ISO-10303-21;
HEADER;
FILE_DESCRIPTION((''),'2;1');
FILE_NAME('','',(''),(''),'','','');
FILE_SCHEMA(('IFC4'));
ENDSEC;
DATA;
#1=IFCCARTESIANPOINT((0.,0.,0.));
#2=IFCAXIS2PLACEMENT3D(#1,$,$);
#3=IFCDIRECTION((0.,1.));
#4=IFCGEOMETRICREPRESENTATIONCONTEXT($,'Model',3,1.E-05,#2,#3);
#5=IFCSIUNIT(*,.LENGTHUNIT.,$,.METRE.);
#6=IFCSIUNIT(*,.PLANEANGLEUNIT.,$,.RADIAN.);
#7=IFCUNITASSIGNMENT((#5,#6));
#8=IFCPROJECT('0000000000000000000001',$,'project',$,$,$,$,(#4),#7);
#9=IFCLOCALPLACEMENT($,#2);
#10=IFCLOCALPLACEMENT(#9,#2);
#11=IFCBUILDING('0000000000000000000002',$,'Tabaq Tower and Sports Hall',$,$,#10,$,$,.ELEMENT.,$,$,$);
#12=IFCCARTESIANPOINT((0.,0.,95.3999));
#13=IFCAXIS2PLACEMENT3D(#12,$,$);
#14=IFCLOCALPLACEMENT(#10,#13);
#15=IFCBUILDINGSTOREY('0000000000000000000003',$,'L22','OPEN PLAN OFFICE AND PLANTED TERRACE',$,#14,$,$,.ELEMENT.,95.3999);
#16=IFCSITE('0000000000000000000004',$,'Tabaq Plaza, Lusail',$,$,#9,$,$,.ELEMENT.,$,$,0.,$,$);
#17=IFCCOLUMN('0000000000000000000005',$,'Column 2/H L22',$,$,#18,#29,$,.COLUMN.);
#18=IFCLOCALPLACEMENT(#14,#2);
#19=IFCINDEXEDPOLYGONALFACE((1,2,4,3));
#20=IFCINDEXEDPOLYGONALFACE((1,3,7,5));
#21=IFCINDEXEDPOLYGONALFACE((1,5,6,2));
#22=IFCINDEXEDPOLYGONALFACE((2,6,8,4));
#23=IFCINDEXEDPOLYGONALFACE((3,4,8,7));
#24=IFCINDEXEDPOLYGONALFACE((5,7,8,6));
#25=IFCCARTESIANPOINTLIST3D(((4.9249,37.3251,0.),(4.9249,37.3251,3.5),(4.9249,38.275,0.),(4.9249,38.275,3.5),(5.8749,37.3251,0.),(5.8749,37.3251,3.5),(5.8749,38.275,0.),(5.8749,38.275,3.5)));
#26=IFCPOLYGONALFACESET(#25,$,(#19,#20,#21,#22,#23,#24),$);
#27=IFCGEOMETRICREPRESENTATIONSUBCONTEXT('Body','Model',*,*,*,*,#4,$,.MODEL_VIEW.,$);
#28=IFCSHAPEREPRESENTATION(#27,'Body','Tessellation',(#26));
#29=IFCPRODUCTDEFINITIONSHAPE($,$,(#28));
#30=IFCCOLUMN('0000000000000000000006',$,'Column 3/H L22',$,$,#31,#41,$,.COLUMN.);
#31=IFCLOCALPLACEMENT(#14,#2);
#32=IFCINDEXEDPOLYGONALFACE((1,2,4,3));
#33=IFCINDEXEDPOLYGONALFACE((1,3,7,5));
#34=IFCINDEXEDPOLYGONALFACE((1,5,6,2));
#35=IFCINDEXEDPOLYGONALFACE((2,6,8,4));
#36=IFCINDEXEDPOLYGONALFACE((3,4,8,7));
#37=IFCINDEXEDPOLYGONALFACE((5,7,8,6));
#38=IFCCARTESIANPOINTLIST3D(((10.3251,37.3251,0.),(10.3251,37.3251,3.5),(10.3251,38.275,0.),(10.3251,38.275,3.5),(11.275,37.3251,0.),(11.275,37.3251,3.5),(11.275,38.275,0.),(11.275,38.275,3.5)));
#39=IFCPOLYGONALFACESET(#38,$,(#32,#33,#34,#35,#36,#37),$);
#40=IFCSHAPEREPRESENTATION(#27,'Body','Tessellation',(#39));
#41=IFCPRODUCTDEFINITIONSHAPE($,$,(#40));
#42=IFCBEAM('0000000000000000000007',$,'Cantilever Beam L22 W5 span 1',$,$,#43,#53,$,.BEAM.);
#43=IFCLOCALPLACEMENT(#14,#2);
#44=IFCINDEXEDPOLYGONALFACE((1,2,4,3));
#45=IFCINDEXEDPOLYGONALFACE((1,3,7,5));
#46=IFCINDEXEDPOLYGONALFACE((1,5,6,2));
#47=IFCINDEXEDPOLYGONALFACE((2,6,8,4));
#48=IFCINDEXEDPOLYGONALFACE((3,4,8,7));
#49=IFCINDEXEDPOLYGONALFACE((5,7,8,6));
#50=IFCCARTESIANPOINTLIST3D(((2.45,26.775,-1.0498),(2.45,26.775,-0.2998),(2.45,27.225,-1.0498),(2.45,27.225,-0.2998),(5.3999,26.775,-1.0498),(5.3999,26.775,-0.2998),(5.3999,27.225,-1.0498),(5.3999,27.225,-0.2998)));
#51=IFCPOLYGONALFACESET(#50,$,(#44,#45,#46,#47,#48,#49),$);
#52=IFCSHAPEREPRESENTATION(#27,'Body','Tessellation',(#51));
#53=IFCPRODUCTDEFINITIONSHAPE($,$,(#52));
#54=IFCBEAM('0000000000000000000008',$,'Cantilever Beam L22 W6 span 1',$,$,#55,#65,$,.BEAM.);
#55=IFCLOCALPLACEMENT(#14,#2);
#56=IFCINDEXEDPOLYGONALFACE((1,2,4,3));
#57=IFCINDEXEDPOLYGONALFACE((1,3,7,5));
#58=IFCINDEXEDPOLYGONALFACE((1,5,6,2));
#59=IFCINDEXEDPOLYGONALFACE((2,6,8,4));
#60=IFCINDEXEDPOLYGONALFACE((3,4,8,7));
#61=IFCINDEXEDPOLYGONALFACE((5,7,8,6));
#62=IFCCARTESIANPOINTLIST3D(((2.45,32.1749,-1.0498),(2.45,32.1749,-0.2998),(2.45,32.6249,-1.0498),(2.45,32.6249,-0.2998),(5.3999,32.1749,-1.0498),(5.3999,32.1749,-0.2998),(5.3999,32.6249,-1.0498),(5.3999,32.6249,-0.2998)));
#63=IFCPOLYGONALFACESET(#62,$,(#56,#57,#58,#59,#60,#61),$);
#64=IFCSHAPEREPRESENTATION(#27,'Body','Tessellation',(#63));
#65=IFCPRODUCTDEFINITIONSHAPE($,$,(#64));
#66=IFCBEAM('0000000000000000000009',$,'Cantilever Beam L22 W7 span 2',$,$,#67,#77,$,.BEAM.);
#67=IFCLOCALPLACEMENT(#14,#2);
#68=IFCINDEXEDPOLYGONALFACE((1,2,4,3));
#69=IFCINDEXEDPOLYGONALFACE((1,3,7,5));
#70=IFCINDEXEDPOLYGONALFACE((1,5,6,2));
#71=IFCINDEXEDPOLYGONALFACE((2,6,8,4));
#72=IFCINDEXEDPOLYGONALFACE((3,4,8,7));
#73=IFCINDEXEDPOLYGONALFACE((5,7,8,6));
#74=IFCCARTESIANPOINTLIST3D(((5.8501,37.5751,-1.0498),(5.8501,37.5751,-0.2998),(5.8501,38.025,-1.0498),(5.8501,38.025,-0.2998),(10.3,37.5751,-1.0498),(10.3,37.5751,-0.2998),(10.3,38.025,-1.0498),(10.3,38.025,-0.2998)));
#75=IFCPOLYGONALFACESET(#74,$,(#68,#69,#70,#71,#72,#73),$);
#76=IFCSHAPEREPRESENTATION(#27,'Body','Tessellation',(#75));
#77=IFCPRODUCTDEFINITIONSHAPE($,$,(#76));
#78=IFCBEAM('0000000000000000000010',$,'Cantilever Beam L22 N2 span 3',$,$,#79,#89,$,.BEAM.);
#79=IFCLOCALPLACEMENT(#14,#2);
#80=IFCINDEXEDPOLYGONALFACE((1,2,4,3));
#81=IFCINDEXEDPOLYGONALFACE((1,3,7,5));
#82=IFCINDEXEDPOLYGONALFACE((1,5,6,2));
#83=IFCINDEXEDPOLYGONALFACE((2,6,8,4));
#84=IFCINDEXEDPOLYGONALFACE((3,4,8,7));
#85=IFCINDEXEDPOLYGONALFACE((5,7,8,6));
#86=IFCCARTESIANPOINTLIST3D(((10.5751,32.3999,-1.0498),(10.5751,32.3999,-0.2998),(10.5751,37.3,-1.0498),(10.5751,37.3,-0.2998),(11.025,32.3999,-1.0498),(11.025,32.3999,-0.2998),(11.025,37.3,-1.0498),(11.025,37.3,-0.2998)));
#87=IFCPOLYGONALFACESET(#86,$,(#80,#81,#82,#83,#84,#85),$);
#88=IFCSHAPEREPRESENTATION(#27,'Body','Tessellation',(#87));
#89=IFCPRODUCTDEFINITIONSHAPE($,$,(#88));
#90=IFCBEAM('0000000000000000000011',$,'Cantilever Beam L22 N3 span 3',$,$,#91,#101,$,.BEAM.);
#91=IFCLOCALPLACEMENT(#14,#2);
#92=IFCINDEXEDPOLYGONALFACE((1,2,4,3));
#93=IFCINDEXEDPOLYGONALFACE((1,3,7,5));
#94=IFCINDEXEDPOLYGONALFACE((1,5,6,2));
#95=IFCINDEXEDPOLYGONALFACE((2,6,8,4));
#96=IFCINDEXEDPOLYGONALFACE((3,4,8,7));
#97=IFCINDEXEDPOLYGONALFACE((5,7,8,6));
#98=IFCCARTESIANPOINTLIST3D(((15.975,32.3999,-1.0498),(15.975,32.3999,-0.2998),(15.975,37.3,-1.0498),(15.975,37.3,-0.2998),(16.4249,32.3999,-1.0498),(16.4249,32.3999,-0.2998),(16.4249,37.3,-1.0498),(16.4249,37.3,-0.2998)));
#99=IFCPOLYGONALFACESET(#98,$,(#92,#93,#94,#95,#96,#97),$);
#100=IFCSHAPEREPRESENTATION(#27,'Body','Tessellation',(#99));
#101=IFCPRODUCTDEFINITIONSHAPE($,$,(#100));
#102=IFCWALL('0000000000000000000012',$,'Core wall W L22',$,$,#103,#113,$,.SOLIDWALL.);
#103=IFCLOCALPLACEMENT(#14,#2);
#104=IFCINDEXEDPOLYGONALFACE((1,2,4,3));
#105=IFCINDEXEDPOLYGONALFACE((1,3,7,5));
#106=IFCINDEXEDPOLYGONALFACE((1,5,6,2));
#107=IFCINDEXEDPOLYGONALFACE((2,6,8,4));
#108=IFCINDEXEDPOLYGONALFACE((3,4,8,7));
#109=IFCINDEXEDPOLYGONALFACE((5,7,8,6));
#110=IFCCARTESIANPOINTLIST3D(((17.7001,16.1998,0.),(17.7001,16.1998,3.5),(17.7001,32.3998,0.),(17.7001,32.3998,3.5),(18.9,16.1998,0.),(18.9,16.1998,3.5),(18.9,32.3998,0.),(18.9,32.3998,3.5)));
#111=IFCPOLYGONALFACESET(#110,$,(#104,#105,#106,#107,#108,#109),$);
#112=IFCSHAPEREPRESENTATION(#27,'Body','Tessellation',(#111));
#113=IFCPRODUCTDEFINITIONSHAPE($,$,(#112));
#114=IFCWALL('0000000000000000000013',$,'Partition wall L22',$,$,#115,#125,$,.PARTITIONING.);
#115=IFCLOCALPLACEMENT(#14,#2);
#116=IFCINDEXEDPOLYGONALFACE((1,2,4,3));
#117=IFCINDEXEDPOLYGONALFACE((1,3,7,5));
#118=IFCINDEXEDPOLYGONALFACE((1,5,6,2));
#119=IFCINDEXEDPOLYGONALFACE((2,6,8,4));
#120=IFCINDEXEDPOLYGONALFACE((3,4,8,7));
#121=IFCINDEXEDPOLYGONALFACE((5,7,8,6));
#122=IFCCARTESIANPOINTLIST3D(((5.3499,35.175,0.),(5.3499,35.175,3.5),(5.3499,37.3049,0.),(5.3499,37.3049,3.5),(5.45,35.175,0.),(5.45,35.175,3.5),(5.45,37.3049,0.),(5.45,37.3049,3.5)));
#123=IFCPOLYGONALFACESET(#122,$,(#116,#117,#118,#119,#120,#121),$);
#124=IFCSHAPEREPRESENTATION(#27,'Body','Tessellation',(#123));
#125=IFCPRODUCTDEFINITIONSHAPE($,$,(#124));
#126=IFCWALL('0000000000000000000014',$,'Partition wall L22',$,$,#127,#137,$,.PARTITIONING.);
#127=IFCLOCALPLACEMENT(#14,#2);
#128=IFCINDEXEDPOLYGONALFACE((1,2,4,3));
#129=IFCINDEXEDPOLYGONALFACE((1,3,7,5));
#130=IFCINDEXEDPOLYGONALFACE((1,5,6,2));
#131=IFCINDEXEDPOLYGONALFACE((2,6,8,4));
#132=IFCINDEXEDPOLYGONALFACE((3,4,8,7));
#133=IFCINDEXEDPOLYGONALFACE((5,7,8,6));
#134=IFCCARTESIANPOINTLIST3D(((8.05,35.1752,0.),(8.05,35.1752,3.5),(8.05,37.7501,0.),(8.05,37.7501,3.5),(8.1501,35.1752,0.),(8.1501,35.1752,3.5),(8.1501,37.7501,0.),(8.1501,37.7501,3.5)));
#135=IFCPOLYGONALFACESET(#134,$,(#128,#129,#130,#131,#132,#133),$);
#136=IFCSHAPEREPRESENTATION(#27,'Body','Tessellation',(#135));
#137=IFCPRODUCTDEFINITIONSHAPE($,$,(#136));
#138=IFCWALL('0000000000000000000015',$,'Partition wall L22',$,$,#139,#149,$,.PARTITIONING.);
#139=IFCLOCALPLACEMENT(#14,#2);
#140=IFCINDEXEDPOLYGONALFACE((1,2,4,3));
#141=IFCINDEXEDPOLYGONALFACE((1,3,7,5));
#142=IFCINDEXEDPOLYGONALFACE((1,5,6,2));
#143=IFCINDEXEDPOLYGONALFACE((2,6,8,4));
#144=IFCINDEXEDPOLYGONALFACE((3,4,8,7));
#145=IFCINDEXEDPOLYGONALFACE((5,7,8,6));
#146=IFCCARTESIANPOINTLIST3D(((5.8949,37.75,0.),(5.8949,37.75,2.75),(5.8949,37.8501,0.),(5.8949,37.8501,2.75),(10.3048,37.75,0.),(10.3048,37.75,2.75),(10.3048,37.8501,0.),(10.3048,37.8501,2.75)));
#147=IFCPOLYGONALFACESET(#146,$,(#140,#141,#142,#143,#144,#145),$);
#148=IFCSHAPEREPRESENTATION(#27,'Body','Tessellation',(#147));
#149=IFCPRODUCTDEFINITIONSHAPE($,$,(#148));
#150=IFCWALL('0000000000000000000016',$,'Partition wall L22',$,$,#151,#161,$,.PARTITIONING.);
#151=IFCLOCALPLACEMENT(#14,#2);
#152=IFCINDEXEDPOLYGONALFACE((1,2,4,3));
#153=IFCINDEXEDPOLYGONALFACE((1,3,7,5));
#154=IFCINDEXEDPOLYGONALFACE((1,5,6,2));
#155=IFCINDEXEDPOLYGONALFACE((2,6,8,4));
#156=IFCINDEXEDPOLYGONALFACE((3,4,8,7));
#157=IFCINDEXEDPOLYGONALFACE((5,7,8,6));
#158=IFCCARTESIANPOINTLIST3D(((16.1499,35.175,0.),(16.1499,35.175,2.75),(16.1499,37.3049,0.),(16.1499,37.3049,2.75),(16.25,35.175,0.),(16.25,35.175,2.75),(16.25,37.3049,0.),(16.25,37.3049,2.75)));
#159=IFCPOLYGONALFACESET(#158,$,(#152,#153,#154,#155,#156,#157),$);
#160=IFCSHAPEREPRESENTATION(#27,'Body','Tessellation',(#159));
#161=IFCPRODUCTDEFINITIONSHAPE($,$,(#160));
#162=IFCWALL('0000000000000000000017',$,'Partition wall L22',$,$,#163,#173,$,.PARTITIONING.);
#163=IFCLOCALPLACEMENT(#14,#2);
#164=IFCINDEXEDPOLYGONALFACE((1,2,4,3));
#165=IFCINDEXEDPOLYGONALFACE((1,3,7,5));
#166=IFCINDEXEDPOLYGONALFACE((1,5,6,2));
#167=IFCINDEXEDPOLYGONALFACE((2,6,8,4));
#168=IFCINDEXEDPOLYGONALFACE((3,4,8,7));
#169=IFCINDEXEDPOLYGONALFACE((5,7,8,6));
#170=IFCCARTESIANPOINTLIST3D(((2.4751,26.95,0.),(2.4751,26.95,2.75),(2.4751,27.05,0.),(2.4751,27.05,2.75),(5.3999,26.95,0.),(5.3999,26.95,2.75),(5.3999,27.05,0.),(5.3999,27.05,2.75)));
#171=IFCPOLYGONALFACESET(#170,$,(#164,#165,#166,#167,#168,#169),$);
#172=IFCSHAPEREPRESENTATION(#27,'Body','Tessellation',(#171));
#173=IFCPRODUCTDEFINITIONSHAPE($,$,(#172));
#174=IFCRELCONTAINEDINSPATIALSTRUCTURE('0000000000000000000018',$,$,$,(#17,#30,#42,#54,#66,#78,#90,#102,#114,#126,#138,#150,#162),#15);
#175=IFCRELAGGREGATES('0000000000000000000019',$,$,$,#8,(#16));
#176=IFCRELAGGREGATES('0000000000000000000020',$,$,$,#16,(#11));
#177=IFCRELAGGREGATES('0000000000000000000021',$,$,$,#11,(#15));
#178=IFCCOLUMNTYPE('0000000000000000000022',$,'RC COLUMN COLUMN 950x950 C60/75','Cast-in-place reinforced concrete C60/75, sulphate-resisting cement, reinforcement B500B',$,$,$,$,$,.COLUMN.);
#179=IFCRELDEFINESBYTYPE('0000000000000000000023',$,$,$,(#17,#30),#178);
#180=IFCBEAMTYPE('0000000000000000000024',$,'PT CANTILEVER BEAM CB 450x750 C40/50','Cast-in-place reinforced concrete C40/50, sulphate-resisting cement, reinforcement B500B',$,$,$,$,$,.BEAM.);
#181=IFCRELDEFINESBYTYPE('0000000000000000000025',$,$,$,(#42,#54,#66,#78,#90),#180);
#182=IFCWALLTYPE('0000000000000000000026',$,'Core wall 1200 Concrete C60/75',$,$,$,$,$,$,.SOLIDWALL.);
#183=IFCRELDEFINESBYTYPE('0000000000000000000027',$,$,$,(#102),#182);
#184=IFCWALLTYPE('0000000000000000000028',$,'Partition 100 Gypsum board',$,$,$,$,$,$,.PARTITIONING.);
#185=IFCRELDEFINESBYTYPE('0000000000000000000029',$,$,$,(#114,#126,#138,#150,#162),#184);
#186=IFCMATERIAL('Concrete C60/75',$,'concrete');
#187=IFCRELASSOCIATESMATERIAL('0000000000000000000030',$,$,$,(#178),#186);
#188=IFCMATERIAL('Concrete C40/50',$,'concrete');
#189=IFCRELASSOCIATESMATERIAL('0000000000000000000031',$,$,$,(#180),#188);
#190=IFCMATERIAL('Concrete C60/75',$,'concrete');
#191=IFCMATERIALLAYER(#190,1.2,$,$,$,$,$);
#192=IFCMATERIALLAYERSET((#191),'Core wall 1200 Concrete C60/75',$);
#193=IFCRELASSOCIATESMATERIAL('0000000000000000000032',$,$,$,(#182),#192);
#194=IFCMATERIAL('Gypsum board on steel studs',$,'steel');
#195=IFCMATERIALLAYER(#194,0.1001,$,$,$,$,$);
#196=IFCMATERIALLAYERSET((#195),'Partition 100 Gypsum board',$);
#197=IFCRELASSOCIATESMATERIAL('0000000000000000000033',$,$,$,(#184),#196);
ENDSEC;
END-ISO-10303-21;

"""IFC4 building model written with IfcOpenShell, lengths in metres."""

from ifc_helpers import new_model, si_unit, direction, frame, frame_2d, origin, origin_2d, place, context, subcontext, project, spatial, rectangle, extrude, material, layer, layer_set, material_profile, profile_set, type_object, element, save


model = new_model("IFC4")

# Units and contexts
model_context = context("Model", 3, precision=1e-05, world=origin(), true_north=direction((0.0, 1.0)))
body_context = subcontext(model_context, "Body", "Model", "MODEL_VIEW")
ifc_project = project(units=[si_unit("LENGTHUNIT", "METRE"), si_unit("PLANEANGLEUNIT", "RADIAN")], contexts=[model_context])

# Site, building, storey
site_placement = place(None, origin())
site = spatial("IfcSite", under=ifc_project, at=site_placement, Name="Tabaq Plaza, Lusail", CompositionType="ELEMENT", RefElevation=0.0)
building_placement = place(site_placement, origin())
building = spatial("IfcBuilding", under=site, at=building_placement, Name="Tabaq Tower and Sports Hall", CompositionType="ELEMENT")
storey_placement = place(building_placement, frame((0.0, 0.0, 95.3999)))
storey = spatial("IfcBuildingStorey", under=building, at=storey_placement, Name="L22", Description="OPEN PLAN OFFICE AND PLANTED TERRACE", CompositionType="ELEMENT", Elevation=95.3999)

# Columns
ifc_material_1 = material(Name="Concrete C60/75", Category="concrete")
ifc_material_profile_1 = material_profile(ifc_material_1, rectangle(XDim=0.95, YDim=0.95, at=origin_2d()), Name="COLUMN 950x950")
ifc_profile_set_1 = profile_set([ifc_material_profile_1], Name="Concrete C60/75")
column_type = type_object("IfcColumnType", Name="RC COLUMN COLUMN 950x950 C60/75", Description="Cast-in-place reinforced concrete C60/75, sulphate-resisting cement, reinforcement B500B", PredefinedType="COLUMN", material=ifc_profile_set_1)
for number, where, z_axis, x_axis, name in (
    (1, (5.3999, 37.8, 0.0), (0.0, 0.0, 1.0), (1.0, 0.0, 0.0), "Column 2/H L22"),
    (2, (10.8, 37.8, 0.0), (0.0, 0.0, 1.0), (1.0, 0.0, 0.0), "Column 3/H L22"),
):
    element("IfcColumn", number, at=place(storey_placement, frame(where, z_axis=z_axis, x_axis=x_axis)), inside=storey, type_object=column_type, Name=name, PredefinedType="COLUMN", context=body_context, shape_type="SweptSolid", body=[
        extrude(rectangle(XDim=0.95, YDim=0.95, at=origin_2d()), origin(), (0.0, 0.0, 1.0), 3.5),
    ])

# Beams
ifc_material_2 = material(Name="Concrete C40/50", Category="concrete")
ifc_material_profile_2 = material_profile(ifc_material_2, rectangle(XDim=0.45, YDim=0.75, at=origin_2d()), Name="CB 450x750")
ifc_profile_set_2 = profile_set([ifc_material_profile_2], Name="Concrete C40/50")
beam_type = type_object("IfcBeamType", Name="PT CANTILEVER BEAM CB 450x750 C40/50", Description="Cast-in-place reinforced concrete C40/50, sulphate-resisting cement, reinforcement B500B", PredefinedType="BEAM", material=ifc_profile_set_2)
for number, where, z_axis, x_axis, name in (
    (3, (2.45, 27.0, -0.6748), (1.0, 0.0, 0.0), (0.0, 1.0, 0.0), "Cantilever Beam L22 W5 span 1"),
    (4, (2.45, 32.3999, -0.6748), (1.0, 0.0, 0.0), (0.0, 1.0, 0.0), "Cantilever Beam L22 W6 span 1"),
):
    element("IfcBeam", number, at=place(storey_placement, frame(where, z_axis=z_axis, x_axis=x_axis)), inside=storey, type_object=beam_type, Name=name, PredefinedType="BEAM", context=body_context, shape_type="SweptSolid", body=[
        extrude(rectangle(XDim=0.45, YDim=0.75, at=origin_2d()), origin(), (0.0, 0.0, 1.0), 2.95),
    ])
beam_placement = place(storey_placement, frame((5.8501, 37.8, -0.6748), z_axis=(1.0, 0.0, 0.0), x_axis=(0.0, 1.0, 0.0)))
element("IfcBeam", 5, at=beam_placement, inside=storey, type_object=beam_type, Name="Cantilever Beam L22 W7 span 2", PredefinedType="BEAM", context=body_context, shape_type="SweptSolid", body=[
    extrude(rectangle(XDim=0.45, YDim=0.75, at=origin_2d()), origin(), (0.0, 0.0, 1.0), 4.45),
])
for number, where, z_axis, x_axis, name in (
    (6, (10.8, 37.3, -0.6748), (0.0, -1.0, 0.0), (1.0, 0.0, 0.0), "Cantilever Beam L22 N2 span 3"),
    (7, (16.2, 37.3, -0.6748), (0.0, -1.0, 0.0), (1.0, 0.0, 0.0), "Cantilever Beam L22 N3 span 3"),
):
    element("IfcBeam", number, at=place(storey_placement, frame(where, z_axis=z_axis, x_axis=x_axis)), inside=storey, type_object=beam_type, Name=name, PredefinedType="BEAM", context=body_context, shape_type="SweptSolid", body=[
        extrude(rectangle(XDim=0.45, YDim=0.75, at=origin_2d()), origin(), (0.0, 0.0, 1.0), 4.9001),
    ])

# Wall
ifc_material_3 = material(Name="Concrete C60/75", Category="concrete")
ifc_layer_1 = layer(ifc_material_3, 1.2)
ifc_layer_set_1 = layer_set([ifc_layer_1], Name="Core wall 1200 Concrete C60/75")
wall_type_1 = type_object("IfcWallType", Name="Core wall 1200 Concrete C60/75", PredefinedType="SOLIDWALL", material=ifc_layer_set_1)
wall_1_placement = place(storey_placement, frame((18.3, 32.3999, 0.0), z_axis=(0.0, 0.0, 1.0), x_axis=(0.0, -1.0, 0.0)))
element("IfcWall", 8, at=wall_1_placement, inside=storey, type_object=wall_type_1, Name="Core wall W L22", PredefinedType="SOLIDWALL", context=body_context, shape_type="SweptSolid", body=[
    extrude(rectangle(XDim=16.2, YDim=1.2, at=frame_2d((8.1001, 0.0))), origin(), (0.0, 0.0, 1.0), 3.5),
])

# Walls
ifc_material_4 = material(Name="Gypsum board on steel studs", Category="steel")
ifc_layer_2 = layer(ifc_material_4, 0.1001)
ifc_layer_set_2 = layer_set([ifc_layer_2], Name="Partition 100 Gypsum board")
wall_type_2 = type_object("IfcWallType", Name="Partition 100 Gypsum board", PredefinedType="PARTITIONING", material=ifc_layer_set_2)
wall_2_placement = place(storey_placement, frame((5.3999, 37.3049, 0.0), z_axis=(0.0, 0.0, 1.0), x_axis=(0.0, -1.0, 0.0)))
element("IfcWall", 9, at=wall_2_placement, inside=storey, type_object=wall_type_2, Name="Partition wall L22", PredefinedType="PARTITIONING", context=body_context, shape_type="SweptSolid", body=[
    extrude(rectangle(XDim=2.1299, YDim=0.1001, at=frame_2d((1.0649, 0.0))), origin(), (0.0, 0.0, 1.0), 3.5),
])
wall_3_placement = place(storey_placement, frame((8.1001, 35.175, 0.0), z_axis=(0.0, 0.0, 1.0), x_axis=(0.0, 1.0, 0.0)))
element("IfcWall", 10, at=wall_3_placement, inside=storey, type_object=wall_type_2, Name="Partition wall L22", PredefinedType="PARTITIONING", context=body_context, shape_type="SweptSolid", body=[
    extrude(rectangle(XDim=2.575, YDim=0.1001, at=frame_2d((1.2876, 0.0))), origin(), (0.0, 0.0, 1.0), 3.5),
])
wall_4_placement = place(storey_placement, frame((10.3049, 37.8, 0.0), z_axis=(0.0, 0.0, 1.0), x_axis=(-1.0, 0.0, 0.0)))
element("IfcWall", 11, at=wall_4_placement, inside=storey, type_object=wall_type_2, Name="Partition wall L22", PredefinedType="PARTITIONING", context=body_context, shape_type="SweptSolid", body=[
    extrude(rectangle(XDim=4.4099, YDim=0.1001, at=frame_2d((2.2051, 0.0))), origin(), (0.0, 0.0, 1.0), 2.75),
])
wall_5_placement = place(storey_placement, frame((16.2, 35.175, 0.0), z_axis=(0.0, 0.0, 1.0), x_axis=(0.0, 1.0, 0.0)))
element("IfcWall", 12, at=wall_5_placement, inside=storey, type_object=wall_type_2, Name="Partition wall L22", PredefinedType="PARTITIONING", context=body_context, shape_type="SweptSolid", body=[
    extrude(rectangle(XDim=2.1299, YDim=0.1001, at=frame_2d((1.0649, 0.0))), origin(), (0.0, 0.0, 1.0), 2.75),
])
wall_6_placement = place(storey_placement, frame((5.3999, 27.0, 0.0), z_axis=(0.0, 0.0, 1.0), x_axis=(-1.0, 0.0, 0.0)))
element("IfcWall", 13, at=wall_6_placement, inside=storey, type_object=wall_type_2, Name="Partition wall L22", PredefinedType="PARTITIONING", context=body_context, shape_type="SweptSolid", body=[
    extrude(rectangle(XDim=2.9248, YDim=0.1001, at=frame_2d((1.4624, 0.0))), origin(), (0.0, 0.0, 1.0), 2.75),
])

save(model, "model.ifc")
